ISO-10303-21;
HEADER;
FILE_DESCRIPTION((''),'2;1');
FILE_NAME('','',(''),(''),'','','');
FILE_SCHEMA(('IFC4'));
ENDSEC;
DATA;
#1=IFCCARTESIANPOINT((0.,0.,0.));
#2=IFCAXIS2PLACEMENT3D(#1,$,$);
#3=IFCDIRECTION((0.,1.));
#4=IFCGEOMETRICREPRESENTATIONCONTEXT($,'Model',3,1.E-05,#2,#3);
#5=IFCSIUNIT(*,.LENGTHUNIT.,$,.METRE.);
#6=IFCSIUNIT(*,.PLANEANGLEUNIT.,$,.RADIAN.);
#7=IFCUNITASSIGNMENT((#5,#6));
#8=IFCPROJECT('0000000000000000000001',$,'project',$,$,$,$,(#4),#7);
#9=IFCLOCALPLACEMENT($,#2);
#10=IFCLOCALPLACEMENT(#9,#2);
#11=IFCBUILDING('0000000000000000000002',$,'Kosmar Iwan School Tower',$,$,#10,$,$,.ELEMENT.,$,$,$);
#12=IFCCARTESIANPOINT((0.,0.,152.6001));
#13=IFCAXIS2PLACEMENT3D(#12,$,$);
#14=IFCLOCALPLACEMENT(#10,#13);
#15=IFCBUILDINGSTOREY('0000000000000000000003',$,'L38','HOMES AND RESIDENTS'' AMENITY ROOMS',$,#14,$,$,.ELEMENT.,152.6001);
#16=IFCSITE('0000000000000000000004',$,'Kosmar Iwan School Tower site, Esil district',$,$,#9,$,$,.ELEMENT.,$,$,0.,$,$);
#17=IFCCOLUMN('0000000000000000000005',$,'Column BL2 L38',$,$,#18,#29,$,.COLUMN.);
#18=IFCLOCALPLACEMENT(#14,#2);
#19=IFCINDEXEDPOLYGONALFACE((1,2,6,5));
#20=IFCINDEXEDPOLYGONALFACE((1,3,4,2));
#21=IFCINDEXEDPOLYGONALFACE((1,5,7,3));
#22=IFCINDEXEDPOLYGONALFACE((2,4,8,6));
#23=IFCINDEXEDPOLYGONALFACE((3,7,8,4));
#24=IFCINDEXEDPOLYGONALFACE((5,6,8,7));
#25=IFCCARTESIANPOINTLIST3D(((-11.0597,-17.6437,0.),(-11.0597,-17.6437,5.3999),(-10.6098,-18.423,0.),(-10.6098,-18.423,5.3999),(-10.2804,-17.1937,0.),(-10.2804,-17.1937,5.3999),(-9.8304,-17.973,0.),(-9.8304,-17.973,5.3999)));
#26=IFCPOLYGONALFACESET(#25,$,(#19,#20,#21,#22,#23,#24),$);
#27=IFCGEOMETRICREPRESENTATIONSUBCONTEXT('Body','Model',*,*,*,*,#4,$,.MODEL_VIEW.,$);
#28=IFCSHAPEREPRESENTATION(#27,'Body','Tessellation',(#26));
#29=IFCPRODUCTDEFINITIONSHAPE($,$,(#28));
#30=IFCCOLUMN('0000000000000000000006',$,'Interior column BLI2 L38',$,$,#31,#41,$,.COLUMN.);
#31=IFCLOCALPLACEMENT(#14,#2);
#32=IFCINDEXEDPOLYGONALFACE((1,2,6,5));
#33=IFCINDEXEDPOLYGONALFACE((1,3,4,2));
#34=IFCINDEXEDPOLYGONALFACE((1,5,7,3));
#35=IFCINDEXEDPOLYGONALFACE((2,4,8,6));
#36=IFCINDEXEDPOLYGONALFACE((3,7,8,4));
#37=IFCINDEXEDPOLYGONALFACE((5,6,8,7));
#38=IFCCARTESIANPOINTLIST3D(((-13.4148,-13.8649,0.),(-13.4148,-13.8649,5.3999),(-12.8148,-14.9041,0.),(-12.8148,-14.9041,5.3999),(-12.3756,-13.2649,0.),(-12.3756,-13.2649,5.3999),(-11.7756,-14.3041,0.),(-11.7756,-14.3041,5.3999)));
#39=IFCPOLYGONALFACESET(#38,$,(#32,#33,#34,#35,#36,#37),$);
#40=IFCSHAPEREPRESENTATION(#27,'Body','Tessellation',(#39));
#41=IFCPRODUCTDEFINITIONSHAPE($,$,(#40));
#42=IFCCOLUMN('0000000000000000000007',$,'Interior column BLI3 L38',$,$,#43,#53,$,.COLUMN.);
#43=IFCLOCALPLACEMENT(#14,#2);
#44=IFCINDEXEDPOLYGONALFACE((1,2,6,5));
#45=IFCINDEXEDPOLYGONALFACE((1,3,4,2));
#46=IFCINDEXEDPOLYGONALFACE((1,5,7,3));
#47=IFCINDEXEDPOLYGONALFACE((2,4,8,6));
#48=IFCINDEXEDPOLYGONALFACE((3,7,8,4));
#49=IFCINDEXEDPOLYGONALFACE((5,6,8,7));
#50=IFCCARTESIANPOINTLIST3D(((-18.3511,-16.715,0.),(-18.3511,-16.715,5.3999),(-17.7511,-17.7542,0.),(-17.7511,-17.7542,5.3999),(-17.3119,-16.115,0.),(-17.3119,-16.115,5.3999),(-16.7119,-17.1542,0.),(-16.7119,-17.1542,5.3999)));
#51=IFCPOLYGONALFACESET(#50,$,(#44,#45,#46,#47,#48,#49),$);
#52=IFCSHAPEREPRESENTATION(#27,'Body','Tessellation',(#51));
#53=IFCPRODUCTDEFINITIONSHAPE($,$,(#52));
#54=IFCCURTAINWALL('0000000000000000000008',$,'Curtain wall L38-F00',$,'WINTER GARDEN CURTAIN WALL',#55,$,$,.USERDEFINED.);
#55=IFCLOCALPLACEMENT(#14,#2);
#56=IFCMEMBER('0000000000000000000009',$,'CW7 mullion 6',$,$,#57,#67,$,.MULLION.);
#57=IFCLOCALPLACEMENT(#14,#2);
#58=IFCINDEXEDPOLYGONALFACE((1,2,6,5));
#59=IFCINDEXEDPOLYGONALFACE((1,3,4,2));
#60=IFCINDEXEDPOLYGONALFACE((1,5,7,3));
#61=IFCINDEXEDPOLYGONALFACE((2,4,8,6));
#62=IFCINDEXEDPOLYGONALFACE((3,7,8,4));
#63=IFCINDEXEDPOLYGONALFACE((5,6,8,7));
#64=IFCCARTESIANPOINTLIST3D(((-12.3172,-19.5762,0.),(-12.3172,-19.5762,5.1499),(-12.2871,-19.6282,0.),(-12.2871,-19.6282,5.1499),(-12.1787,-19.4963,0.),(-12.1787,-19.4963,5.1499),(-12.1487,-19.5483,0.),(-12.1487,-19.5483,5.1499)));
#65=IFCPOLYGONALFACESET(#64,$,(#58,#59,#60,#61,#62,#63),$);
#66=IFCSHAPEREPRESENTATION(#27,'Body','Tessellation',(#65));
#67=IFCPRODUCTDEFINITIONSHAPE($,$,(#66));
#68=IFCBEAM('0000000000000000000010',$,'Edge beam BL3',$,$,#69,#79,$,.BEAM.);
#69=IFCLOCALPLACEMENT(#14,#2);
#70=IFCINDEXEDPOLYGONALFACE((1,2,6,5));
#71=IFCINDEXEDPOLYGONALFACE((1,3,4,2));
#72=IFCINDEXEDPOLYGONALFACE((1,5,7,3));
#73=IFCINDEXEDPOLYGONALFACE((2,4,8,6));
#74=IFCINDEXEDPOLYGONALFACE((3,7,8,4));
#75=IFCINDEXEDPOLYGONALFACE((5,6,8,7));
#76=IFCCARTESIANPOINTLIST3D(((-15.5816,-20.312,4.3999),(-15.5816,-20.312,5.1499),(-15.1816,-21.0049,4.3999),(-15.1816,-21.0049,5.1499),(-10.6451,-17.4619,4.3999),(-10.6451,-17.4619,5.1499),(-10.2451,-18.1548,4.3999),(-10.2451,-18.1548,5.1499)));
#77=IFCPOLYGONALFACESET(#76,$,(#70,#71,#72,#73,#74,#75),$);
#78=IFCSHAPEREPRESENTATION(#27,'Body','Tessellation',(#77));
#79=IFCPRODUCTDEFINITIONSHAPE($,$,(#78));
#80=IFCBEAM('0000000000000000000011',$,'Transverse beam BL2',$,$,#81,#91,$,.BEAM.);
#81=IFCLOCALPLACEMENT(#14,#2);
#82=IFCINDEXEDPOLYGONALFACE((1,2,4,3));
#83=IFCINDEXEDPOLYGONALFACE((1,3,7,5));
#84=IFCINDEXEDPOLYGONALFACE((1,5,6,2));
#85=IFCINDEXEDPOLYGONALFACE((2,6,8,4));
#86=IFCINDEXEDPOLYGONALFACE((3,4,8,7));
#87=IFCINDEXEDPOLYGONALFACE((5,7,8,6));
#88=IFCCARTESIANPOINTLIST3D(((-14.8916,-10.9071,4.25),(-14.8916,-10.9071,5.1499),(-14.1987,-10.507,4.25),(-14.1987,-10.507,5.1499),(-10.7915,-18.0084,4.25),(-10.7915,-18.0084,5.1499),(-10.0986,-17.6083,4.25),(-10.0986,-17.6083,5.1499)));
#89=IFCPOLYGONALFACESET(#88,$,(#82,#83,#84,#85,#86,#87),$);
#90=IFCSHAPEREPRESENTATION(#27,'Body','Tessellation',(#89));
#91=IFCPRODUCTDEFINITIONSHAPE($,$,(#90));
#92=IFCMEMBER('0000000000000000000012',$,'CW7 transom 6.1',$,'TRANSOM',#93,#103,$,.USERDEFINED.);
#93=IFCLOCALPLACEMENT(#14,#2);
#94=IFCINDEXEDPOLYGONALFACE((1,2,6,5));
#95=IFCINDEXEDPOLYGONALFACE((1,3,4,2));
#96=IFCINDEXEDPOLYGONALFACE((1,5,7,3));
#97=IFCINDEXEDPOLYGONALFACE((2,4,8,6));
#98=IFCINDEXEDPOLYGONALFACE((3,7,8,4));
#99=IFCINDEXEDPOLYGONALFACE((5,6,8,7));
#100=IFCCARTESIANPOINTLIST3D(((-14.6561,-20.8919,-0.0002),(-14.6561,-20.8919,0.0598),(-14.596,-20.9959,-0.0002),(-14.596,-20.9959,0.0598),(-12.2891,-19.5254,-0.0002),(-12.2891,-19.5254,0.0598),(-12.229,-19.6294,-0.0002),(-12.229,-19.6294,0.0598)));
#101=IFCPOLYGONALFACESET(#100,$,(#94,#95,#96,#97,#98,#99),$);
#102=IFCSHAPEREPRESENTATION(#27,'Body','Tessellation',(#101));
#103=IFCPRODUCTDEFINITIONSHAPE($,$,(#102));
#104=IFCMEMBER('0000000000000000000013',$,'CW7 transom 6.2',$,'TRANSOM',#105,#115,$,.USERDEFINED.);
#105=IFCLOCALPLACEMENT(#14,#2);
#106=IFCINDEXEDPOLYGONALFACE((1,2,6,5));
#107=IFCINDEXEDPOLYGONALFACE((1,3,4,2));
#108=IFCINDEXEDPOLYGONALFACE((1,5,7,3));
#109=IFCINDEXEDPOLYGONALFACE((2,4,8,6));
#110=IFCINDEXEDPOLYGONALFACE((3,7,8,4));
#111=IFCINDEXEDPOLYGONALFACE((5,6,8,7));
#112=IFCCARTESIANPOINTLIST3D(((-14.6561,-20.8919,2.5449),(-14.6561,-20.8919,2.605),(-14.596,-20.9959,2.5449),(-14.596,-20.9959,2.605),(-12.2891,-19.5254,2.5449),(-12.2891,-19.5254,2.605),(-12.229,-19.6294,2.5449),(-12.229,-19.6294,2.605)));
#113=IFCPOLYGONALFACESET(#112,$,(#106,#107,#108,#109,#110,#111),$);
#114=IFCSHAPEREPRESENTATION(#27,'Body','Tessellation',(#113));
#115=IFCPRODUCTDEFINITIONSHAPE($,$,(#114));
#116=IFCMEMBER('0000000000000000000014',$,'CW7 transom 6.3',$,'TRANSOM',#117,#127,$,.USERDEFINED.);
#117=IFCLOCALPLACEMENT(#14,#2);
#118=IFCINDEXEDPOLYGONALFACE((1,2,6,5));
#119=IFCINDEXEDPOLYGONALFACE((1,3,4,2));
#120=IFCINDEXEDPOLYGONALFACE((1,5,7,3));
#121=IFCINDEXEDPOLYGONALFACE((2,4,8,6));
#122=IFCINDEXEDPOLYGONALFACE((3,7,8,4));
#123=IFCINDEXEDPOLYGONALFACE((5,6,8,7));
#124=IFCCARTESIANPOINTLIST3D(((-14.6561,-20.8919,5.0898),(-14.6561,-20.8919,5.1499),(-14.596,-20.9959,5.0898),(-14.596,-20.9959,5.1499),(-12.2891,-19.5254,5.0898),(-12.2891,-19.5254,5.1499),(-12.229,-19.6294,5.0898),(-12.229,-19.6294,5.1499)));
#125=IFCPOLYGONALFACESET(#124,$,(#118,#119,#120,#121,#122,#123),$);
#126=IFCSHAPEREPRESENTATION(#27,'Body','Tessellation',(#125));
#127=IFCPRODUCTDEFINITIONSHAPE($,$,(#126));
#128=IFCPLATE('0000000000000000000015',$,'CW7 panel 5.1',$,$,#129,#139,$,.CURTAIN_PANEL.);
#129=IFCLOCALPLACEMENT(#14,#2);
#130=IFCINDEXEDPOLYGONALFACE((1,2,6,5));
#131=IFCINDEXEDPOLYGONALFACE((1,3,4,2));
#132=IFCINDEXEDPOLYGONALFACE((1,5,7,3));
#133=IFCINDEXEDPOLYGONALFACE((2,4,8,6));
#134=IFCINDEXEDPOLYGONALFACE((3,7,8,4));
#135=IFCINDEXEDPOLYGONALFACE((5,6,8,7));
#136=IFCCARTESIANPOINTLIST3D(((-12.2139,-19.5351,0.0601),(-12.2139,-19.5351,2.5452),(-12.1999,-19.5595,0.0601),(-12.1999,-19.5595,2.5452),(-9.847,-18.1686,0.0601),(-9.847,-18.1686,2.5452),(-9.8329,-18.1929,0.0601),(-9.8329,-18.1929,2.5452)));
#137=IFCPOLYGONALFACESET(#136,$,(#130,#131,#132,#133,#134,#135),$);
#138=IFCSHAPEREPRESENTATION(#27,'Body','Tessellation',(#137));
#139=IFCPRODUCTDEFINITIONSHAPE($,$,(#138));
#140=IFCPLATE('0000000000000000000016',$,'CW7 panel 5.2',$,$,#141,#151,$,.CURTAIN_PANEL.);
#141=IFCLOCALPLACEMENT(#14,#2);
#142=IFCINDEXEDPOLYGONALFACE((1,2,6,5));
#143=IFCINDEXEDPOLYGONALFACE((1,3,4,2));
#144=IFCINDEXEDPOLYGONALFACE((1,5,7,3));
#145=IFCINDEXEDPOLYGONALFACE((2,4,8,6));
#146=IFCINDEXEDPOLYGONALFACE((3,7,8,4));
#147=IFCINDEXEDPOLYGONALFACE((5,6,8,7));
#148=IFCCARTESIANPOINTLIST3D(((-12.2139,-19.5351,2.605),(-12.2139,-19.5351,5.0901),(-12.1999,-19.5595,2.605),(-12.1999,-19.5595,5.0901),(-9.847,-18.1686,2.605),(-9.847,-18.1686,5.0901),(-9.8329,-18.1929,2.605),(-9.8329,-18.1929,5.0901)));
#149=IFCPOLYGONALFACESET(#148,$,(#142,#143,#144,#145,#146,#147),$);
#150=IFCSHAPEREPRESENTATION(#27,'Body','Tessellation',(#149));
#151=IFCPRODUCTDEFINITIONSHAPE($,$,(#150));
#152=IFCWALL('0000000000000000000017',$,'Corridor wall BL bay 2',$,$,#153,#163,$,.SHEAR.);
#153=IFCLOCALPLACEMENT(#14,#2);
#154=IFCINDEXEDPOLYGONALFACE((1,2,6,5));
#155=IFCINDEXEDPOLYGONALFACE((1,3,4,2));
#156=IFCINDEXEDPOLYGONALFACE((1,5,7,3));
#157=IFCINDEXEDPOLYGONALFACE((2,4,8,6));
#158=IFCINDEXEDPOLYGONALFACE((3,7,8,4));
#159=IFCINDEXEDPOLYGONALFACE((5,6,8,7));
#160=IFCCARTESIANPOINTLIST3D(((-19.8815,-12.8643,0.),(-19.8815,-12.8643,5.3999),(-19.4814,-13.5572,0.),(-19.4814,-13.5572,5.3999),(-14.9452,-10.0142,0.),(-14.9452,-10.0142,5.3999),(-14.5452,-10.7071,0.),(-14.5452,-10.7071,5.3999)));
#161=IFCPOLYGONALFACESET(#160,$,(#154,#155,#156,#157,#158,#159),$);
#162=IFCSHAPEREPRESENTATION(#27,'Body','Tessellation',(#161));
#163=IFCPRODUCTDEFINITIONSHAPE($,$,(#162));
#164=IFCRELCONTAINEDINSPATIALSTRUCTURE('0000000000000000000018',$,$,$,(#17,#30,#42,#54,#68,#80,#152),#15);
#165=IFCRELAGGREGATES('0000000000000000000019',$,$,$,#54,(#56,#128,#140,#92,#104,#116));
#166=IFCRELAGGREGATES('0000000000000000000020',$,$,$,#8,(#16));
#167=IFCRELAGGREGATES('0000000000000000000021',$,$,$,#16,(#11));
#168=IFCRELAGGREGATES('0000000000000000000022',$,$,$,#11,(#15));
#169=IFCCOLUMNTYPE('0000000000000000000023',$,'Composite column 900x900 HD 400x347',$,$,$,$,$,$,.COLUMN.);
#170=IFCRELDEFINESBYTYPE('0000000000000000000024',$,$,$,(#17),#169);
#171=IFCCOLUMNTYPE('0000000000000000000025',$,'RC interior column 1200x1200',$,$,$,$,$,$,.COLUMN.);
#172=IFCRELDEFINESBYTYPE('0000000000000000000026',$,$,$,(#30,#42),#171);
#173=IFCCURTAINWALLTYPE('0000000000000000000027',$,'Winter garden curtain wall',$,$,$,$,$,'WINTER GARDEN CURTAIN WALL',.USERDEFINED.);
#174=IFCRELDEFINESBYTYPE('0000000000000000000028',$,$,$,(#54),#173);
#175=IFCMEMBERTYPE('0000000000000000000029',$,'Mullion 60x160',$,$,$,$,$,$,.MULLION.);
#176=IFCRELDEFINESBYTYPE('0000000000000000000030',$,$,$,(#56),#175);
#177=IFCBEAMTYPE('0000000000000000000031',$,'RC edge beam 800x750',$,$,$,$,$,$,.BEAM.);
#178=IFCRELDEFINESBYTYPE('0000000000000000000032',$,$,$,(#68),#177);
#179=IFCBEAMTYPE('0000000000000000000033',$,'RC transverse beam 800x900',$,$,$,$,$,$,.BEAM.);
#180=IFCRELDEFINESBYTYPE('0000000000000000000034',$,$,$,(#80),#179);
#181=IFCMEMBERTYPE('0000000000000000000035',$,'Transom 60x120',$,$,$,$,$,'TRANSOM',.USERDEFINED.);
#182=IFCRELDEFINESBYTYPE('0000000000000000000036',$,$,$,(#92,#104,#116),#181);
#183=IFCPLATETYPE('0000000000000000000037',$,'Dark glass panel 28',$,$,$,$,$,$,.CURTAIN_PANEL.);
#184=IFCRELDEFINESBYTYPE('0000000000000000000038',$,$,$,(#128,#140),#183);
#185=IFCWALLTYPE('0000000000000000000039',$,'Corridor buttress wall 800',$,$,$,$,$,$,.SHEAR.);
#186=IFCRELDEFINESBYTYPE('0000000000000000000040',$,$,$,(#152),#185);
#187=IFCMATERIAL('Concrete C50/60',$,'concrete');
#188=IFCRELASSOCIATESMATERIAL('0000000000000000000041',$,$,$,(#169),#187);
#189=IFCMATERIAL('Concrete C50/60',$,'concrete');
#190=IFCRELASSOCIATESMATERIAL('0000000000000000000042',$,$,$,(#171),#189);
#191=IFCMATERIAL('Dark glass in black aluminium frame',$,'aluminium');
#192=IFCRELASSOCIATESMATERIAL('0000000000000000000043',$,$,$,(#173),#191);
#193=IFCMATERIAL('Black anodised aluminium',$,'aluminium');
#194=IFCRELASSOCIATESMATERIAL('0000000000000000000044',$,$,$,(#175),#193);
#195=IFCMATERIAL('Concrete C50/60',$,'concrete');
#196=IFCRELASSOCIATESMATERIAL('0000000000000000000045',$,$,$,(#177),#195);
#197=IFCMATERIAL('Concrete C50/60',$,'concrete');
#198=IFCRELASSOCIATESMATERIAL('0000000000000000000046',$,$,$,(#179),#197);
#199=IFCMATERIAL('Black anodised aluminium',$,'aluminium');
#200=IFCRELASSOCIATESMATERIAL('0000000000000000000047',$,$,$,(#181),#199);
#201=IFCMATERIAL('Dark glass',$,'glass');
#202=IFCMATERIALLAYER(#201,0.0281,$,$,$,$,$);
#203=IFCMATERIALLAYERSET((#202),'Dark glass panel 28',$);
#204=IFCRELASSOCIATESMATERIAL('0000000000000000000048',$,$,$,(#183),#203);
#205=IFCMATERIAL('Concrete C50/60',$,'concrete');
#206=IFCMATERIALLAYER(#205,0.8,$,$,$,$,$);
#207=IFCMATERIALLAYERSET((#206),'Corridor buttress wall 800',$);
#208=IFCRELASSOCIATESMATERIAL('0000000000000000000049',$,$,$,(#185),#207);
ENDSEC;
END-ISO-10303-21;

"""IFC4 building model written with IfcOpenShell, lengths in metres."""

from ifc_helpers import new_model, si_unit, direction, frame, frame_2d, origin, origin_2d, place, context, subcontext, project, spatial, rectangle, extrude, material, layer, layer_set, material_profile, profile_set, type_object, element, aggregate, save


model = new_model("IFC4")

# Units and contexts
model_context = context("Model", 3, precision=1e-05, world=origin(), true_north=direction((0.0, 1.0)))
body_context = subcontext(model_context, "Body", "Model", "MODEL_VIEW")
ifc_project = project(units=[si_unit("LENGTHUNIT", "METRE"), si_unit("PLANEANGLEUNIT", "RADIAN")], contexts=[model_context])

# Site, building, storey
site_placement = place(None, origin())
site = spatial("IfcSite", under=ifc_project, at=site_placement, Name="Kosmar Iwan School Tower site, Esil district", CompositionType="ELEMENT", RefElevation=0.0)
building_placement = place(site_placement, origin())
building = spatial("IfcBuilding", under=site, at=building_placement, Name="Kosmar Iwan School Tower", CompositionType="ELEMENT")
storey_placement = place(building_placement, frame((0.0, 0.0, 152.6001)))
storey = spatial("IfcBuildingStorey", under=building, at=storey_placement, Name="L38", Description="HOMES AND RESIDENTS' AMENITY ROOMS", CompositionType="ELEMENT", Elevation=152.6001)

# Columns
ifc_material_1 = material(Name="Concrete C50/60", Category="concrete")
ifc_material_profile_1 = material_profile(ifc_material_1, rectangle(XDim=0.8999, YDim=0.8999, at=origin_2d()), Name="RC 900x900 + HD 400x347")
ifc_profile_set_1 = profile_set([ifc_material_profile_1], Name="Concrete C50/60")
column_type_1 = type_object("IfcColumnType", Name="Composite column 900x900 HD 400x347", PredefinedType="COLUMN", material=ifc_profile_set_1)
column_placement = place(storey_placement, frame((-10.4451, -17.8083, 0.0), z_axis=(0.0, 0.0, 1.0), x_axis=(-0.866025, -0.5, 0.0)))
element("IfcColumn", 1, at=column_placement, inside=storey, type_object=column_type_1, Name="Column BL2 L38", PredefinedType="COLUMN", context=body_context, shape_type="SweptSolid", body=[
    extrude(rectangle(XDim=0.8999, YDim=0.8999, at=origin_2d()), origin(), (0.0, 0.0, 1.0), 5.3999),
])
ifc_material_2 = material(Name="Concrete C50/60", Category="concrete")
ifc_material_profile_2 = material_profile(ifc_material_2, rectangle(XDim=1.2, YDim=1.2, at=origin_2d()), Name="RC 1200x1200")
ifc_profile_set_2 = profile_set([ifc_material_profile_2], Name="Concrete C50/60")
column_type_2 = type_object("IfcColumnType", Name="RC interior column 1200x1200", PredefinedType="COLUMN", material=ifc_profile_set_2)
for number, where, z_axis, x_axis, name in (
    (2, (-12.5952, -14.0845, 0.0), (0.0, 0.0, 1.0), (-0.866025, -0.5, 0.0), "Interior column BLI2 L38"),
    (3, (-17.5315, -16.9346, 0.0), (0.0, 0.0, 1.0), (-0.866025, -0.5, 0.0), "Interior column BLI3 L38"),
):
    element("IfcColumn", number, at=place(storey_placement, frame(where, z_axis=z_axis, x_axis=x_axis)), inside=storey, type_object=column_type_2, Name=name, PredefinedType="COLUMN", context=body_context, shape_type="SweptSolid", body=[
        extrude(rectangle(XDim=1.2, YDim=1.2, at=origin_2d()), origin(), (0.0, 0.0, 1.0), 5.3999),
    ])

# Curtain wall, member
ifc_material_3 = material(Name="Dark glass in black aluminium frame", Category="aluminium")
curtain_wall_type = type_object("IfcCurtainWallType", Name="Winter garden curtain wall", ElementType="WINTER GARDEN CURTAIN WALL", PredefinedType="USERDEFINED", material=ifc_material_3)
curtain_wall_placement = place(storey_placement, origin())
curtain_wall = element("IfcCurtainWall", 4, at=curtain_wall_placement, inside=storey, type_object=curtain_wall_type, Name="Curtain wall L38-F00", ObjectType="WINTER GARDEN CURTAIN WALL", PredefinedType="USERDEFINED")
ifc_material_4 = material(Name="Black anodised aluminium", Category="aluminium")
ifc_material_profile_3 = material_profile(ifc_material_4, rectangle(XDim=0.0601, YDim=0.1599, at=origin_2d()), Name="MULLION 60x160")
ifc_profile_set_3 = profile_set([ifc_material_profile_3], Name="Black anodised aluminium")
member_type_1 = type_object("IfcMemberType", Name="Mullion 60x160", PredefinedType="MULLION", material=ifc_profile_set_3)
member_1_placement = place(storey_placement, frame((-12.2329, -19.5623, 0.0), z_axis=(0.0, 0.0, 1.0), x_axis=(0.5, -0.866025, 0.0)))
member_1 = element("IfcMember", 5, at=member_1_placement, type_object=member_type_1, Name="CW7 mullion 6", PredefinedType="MULLION", context=body_context, shape_type="SweptSolid", body=[
    extrude(rectangle(XDim=0.0601, YDim=0.1599, at=origin_2d()), origin(), (0.0, 0.0, 1.0), 5.1499),
])

# Beams
ifc_material_5 = material(Name="Concrete C50/60", Category="concrete")
ifc_material_profile_4 = material_profile(ifc_material_5, rectangle(XDim=0.8, YDim=0.75, at=origin_2d()), Name="RC 800x750")
ifc_profile_set_4 = profile_set([ifc_material_profile_4], Name="Concrete C50/60")
beam_type_1 = type_object("IfcBeamType", Name="RC edge beam 800x750", PredefinedType="BEAM", material=ifc_profile_set_4)
beam_1_placement = place(storey_placement, frame((-10.4451, -17.8083, 4.7749), z_axis=(-0.866026, -0.499999, 0.0), x_axis=(0.499999, -0.866026, 0.0)))
element("IfcBeam", 6, at=beam_1_placement, inside=storey, type_object=beam_type_1, Name="Edge beam BL3", PredefinedType="BEAM", context=body_context, shape_type="SweptSolid", body=[
    extrude(rectangle(XDim=0.8, YDim=0.75, at=origin_2d()), origin(), (0.0, 0.0, 1.0), 5.7002),
])
ifc_material_6 = material(Name="Concrete C50/60", Category="concrete")
ifc_material_profile_5 = material_profile(ifc_material_6, rectangle(XDim=0.8, YDim=0.8999, at=origin_2d()), Name="RC 800x900")
ifc_profile_set_5 = profile_set([ifc_material_profile_5], Name="Concrete C50/60")
beam_type_2 = type_object("IfcBeamType", Name="RC transverse beam 800x900", PredefinedType="BEAM", material=ifc_profile_set_5)
beam_2_placement = place(storey_placement, frame((-10.4451, -17.8083, 4.7), z_axis=(-0.500014, 0.866018, 0.0), x_axis=(-0.866018, -0.500014, 0.0)))
element("IfcBeam", 7, at=beam_2_placement, inside=storey, type_object=beam_type_2, Name="Transverse beam BL2", PredefinedType="BEAM", context=body_context, shape_type="SweptSolid", body=[
    extrude(rectangle(XDim=0.8, YDim=0.8999, at=origin_2d()), origin(), (0.0, 0.0, 1.0), 8.2),
])

# Members
ifc_material_7 = material(Name="Black anodised aluminium", Category="aluminium")
ifc_material_profile_6 = material_profile(ifc_material_7, rectangle(XDim=0.1201, YDim=0.0601, at=origin_2d()), Name="TRANSOM 60x120")
ifc_profile_set_6 = profile_set([ifc_material_profile_6], Name="Black anodised aluminium")
member_type_2 = type_object("IfcMemberType", Name="Transom 60x120", ElementType="TRANSOM", PredefinedType="USERDEFINED", material=ifc_profile_set_6)
member_2_placement = place(storey_placement, frame((-12.259, -19.5774, 0.0298), z_axis=(-0.866041, -0.499972, 0.0), x_axis=(0.499972, -0.866041, 0.0)))
member_2 = element("IfcMember", 8, at=member_2_placement, type_object=member_type_2, Name="CW7 transom 6.1", ObjectType="TRANSOM", PredefinedType="USERDEFINED", context=body_context, shape_type="SweptSolid", body=[
    extrude(rectangle(XDim=0.1201, YDim=0.0601, at=origin_2d()), origin(), (0.0, 0.0, 1.0), 2.7332),
])
member_3_placement = place(storey_placement, frame((-12.259, -19.5774, 2.575), z_axis=(-0.866041, -0.499972, 0.0), x_axis=(0.499972, -0.866041, 0.0)))
member_3 = element("IfcMember", 9, at=member_3_placement, type_object=member_type_2, Name="CW7 transom 6.2", ObjectType="TRANSOM", PredefinedType="USERDEFINED", context=body_context, shape_type="SweptSolid", body=[
    extrude(rectangle(XDim=0.1201, YDim=0.0601, at=origin_2d()), origin(), (0.0, 0.0, 1.0), 2.7332),
])
member_4_placement = place(storey_placement, frame((-12.259, -19.5774, 5.1199), z_axis=(-0.866041, -0.499972, 0.0), x_axis=(0.499972, -0.866041, 0.0)))
member_4 = element("IfcMember", 10, at=member_4_placement, type_object=member_type_2, Name="CW7 transom 6.3", ObjectType="TRANSOM", PredefinedType="USERDEFINED", context=body_context, shape_type="SweptSolid", body=[
    extrude(rectangle(XDim=0.1201, YDim=0.0601, at=origin_2d()), origin(), (0.0, 0.0, 1.0), 2.7332),
])

# Plates
ifc_material_8 = material(Name="Dark glass", Category="glass")
ifc_layer_1 = layer(ifc_material_8, 0.0281)
ifc_layer_set_1 = layer_set([ifc_layer_1], Name="Dark glass panel 28")
plate_type = type_object("IfcPlateType", Name="Dark glass panel 28", PredefinedType="CURTAIN_PANEL", material=ifc_layer_set_1)
plate_1_placement = place(storey_placement, frame((-11.0234, -18.864, 0.0601), z_axis=(0.0, 0.0, 1.0), x_axis=(-0.866025, -0.5, 0.0)))
plate_1 = element("IfcPlate", 11, at=plate_1_placement, type_object=plate_type, Name="CW7 panel 5.1", PredefinedType="CURTAIN_PANEL", context=body_context, shape_type="SweptSolid", body=[
    extrude(rectangle(XDim=2.7332, YDim=0.0281, at=origin_2d()), origin(), (0.0, 0.0, 1.0), 2.4851),
])
plate_2_placement = place(storey_placement, frame((-11.0234, -18.864, 2.605), z_axis=(0.0, 0.0, 1.0), x_axis=(-0.866025, -0.5, 0.0)))
plate_2 = element("IfcPlate", 12, at=plate_2_placement, type_object=plate_type, Name="CW7 panel 5.2", PredefinedType="CURTAIN_PANEL", context=body_context, shape_type="SweptSolid", body=[
    extrude(rectangle(XDim=2.7332, YDim=0.0281, at=origin_2d()), origin(), (0.0, 0.0, 1.0), 2.4851),
])
aggregate(curtain_wall, [member_1, plate_1, plate_2, member_2, member_3, member_4])

# Wall
ifc_material_9 = material(Name="Concrete C50/60", Category="concrete")
ifc_layer_2 = layer(ifc_material_9, 0.8)
ifc_layer_set_2 = layer_set([ifc_layer_2], Name="Corridor buttress wall 800")
wall_type_1 = type_object("IfcWallType", Name="Corridor buttress wall 800", PredefinedType="SHEAR", material=ifc_layer_set_2)
wall_1_placement = place(storey_placement, frame((-14.7451, -10.3606, 0.0), z_axis=(0.0, 0.0, 1.0), x_axis=(-0.866015, -0.500018, 0.0)))
element("IfcWall", 13, at=wall_1_placement, inside=storey, type_object=wall_type_1, Name="Corridor wall BL bay 2", PredefinedType="SHEAR", context=body_context, shape_type="SweptSolid", body=[
    extrude(rectangle(XDim=5.7, YDim=0.8, at=frame_2d((2.8501, 0.0))), origin(), (0.0, 0.0, 1.0), 5.3999),
])

save(model, "model.ifc")
